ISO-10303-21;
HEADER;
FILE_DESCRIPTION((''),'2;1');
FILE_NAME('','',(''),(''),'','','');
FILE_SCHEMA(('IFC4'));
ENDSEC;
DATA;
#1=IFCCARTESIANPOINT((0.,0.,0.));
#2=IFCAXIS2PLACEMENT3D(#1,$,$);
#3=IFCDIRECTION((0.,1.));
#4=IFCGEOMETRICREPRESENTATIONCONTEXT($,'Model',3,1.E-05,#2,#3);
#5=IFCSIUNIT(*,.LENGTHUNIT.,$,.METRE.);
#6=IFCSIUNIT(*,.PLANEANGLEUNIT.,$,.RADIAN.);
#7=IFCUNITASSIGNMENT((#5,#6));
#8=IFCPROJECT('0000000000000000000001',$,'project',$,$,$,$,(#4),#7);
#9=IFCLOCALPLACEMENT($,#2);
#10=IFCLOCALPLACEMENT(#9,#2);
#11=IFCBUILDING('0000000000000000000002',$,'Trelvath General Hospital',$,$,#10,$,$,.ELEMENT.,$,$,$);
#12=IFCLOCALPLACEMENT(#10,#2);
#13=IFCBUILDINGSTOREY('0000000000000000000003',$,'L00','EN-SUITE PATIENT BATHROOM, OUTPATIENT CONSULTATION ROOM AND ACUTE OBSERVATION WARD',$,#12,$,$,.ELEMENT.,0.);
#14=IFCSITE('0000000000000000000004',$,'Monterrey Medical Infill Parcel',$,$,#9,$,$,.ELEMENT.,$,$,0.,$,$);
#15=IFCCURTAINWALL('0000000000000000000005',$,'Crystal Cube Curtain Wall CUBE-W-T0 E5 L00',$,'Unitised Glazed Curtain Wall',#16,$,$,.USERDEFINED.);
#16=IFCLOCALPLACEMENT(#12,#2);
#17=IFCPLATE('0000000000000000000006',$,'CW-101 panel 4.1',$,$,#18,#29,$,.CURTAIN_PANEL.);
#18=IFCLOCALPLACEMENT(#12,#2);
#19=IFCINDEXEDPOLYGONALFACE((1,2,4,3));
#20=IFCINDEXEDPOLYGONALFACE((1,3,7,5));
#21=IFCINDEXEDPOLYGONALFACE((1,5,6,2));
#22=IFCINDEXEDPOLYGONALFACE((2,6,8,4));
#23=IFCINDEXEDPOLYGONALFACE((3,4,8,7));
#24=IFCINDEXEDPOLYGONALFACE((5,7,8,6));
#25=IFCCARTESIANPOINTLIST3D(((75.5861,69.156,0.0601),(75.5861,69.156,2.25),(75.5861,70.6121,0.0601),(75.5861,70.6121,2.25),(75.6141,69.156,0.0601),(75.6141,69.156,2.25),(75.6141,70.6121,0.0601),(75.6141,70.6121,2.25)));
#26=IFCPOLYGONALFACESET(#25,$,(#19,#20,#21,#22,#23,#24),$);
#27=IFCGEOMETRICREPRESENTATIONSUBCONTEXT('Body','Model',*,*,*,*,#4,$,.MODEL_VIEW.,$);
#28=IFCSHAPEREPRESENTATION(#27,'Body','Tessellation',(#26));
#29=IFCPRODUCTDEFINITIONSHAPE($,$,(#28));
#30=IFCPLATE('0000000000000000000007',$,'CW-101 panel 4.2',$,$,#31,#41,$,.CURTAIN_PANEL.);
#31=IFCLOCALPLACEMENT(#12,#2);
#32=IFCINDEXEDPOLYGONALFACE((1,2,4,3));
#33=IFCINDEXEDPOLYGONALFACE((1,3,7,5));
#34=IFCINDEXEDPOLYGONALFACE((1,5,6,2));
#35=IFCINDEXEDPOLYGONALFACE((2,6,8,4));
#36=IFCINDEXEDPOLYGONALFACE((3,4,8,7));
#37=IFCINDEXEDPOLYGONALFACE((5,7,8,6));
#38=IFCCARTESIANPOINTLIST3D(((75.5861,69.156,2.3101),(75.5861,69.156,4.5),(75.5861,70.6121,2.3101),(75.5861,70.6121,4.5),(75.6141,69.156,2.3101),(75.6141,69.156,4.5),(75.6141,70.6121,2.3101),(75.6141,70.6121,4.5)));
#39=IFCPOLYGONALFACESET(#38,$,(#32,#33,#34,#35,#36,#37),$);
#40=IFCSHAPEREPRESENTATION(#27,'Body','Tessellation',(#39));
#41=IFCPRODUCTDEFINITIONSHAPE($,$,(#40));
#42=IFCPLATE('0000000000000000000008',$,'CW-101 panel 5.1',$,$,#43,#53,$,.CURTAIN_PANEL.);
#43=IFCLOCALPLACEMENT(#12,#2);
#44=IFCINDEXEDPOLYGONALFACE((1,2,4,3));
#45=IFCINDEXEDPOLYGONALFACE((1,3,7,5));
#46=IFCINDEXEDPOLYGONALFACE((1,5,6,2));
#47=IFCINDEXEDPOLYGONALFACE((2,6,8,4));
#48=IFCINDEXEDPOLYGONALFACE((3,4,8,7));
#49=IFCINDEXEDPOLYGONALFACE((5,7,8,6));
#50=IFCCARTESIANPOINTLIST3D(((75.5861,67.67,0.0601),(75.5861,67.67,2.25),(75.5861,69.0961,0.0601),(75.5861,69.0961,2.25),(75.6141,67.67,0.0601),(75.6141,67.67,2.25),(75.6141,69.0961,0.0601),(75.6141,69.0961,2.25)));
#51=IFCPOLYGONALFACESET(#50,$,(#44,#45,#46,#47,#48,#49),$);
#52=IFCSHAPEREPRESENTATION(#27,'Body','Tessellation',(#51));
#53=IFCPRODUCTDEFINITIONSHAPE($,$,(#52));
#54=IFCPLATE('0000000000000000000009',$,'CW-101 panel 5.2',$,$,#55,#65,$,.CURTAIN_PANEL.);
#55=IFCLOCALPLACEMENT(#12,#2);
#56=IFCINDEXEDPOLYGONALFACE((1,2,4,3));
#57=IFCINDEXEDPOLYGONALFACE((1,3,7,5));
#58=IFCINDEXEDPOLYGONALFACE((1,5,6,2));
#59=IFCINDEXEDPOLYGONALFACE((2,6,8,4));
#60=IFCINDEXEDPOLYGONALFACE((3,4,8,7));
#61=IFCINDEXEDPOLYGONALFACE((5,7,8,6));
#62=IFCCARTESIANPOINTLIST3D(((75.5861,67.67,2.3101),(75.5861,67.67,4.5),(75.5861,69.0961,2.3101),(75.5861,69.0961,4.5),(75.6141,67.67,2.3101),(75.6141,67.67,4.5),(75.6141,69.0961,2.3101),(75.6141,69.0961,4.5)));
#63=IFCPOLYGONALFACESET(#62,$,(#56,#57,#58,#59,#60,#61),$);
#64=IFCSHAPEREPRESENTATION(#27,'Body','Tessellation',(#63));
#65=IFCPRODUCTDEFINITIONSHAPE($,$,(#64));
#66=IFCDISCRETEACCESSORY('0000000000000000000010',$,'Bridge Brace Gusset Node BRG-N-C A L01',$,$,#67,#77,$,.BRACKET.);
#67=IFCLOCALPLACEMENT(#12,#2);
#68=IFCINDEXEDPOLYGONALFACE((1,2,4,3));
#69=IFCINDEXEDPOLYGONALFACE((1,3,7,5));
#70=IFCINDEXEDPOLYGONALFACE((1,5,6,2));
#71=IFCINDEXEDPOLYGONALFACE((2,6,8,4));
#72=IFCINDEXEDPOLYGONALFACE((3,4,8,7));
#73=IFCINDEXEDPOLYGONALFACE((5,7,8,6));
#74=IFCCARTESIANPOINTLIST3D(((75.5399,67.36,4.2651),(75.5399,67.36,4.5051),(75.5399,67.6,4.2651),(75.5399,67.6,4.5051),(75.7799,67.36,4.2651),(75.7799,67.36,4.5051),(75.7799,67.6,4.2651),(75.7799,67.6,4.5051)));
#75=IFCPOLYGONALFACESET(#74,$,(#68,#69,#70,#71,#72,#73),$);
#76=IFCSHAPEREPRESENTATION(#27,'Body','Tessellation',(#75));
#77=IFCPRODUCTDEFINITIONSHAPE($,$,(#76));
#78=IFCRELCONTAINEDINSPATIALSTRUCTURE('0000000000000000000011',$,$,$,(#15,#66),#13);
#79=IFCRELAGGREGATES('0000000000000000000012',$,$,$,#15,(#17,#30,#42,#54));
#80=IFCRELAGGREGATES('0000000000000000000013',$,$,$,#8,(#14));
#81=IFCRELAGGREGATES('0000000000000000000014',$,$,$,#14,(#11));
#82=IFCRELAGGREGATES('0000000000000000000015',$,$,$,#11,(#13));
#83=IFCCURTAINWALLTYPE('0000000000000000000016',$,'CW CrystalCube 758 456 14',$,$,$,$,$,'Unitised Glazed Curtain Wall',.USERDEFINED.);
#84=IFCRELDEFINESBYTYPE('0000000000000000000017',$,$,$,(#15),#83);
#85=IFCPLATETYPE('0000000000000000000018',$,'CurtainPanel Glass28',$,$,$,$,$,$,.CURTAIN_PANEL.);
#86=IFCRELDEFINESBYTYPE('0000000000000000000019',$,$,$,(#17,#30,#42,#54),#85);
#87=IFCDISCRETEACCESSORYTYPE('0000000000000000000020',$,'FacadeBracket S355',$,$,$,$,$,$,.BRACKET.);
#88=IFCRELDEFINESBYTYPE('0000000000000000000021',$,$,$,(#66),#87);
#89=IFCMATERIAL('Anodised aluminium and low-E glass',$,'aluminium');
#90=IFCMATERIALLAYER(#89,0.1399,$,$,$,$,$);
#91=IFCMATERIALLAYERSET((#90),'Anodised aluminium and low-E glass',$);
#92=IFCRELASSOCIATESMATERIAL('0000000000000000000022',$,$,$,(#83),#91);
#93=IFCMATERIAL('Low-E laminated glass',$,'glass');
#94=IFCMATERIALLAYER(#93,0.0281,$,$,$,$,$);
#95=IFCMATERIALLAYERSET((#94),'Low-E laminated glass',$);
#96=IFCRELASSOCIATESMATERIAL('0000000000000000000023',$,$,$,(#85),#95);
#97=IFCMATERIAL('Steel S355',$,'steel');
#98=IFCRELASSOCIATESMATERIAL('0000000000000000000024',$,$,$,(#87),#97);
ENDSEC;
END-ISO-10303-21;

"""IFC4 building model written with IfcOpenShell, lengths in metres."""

from ifc_helpers import new_model, si_unit, direction, frame, origin, origin_2d, place, context, subcontext, project, spatial, rectangle, extrude, material, layer, layer_set, type_object, element, aggregate, save


model = new_model("IFC4")

# Units and contexts
model_context = context("Model", 3, precision=1e-05, world=origin(), true_north=direction((0.0, 1.0)))
body_context = subcontext(model_context, "Body", "Model", "MODEL_VIEW")
ifc_project = project(units=[si_unit("LENGTHUNIT", "METRE"), si_unit("PLANEANGLEUNIT", "RADIAN")], contexts=[model_context])

# Site, building, storey
site_placement = place(None, origin())
site = spatial("IfcSite", under=ifc_project, at=site_placement, Name="Monterrey Medical Infill Parcel", CompositionType="ELEMENT", RefElevation=0.0)
building_placement = place(site_placement, origin())
building = spatial("IfcBuilding", under=site, at=building_placement, Name="Trelvath General Hospital", CompositionType="ELEMENT")
storey_placement = place(building_placement, origin())
storey = spatial("IfcBuildingStorey", under=building, at=storey_placement, Name="L00", Description="EN-SUITE PATIENT BATHROOM, OUTPATIENT CONSULTATION ROOM AND ACUTE OBSERVATION WARD", CompositionType="ELEMENT", Elevation=0.0)

# Curtain wall
ifc_material_1 = material(Name="Anodised aluminium and low-E glass", Category="aluminium")
ifc_layer_1 = layer(ifc_material_1, 0.1399)
ifc_layer_set_1 = layer_set([ifc_layer_1], Name="Anodised aluminium and low-E glass")
curtain_wall_type = type_object("IfcCurtainWallType", Name="CW CrystalCube 758 456 14", ElementType="Unitised Glazed Curtain Wall", PredefinedType="USERDEFINED", material=ifc_layer_set_1)
curtain_wall_placement = place(storey_placement, origin())
curtain_wall = element("IfcCurtainWall", 1, at=curtain_wall_placement, inside=storey, type_object=curtain_wall_type, Name="Crystal Cube Curtain Wall CUBE-W-T0 E5 L00", ObjectType="Unitised Glazed Curtain Wall", PredefinedType="USERDEFINED")

# Plates
ifc_material_2 = material(Name="Low-E laminated glass", Category="glass")
ifc_layer_2 = layer(ifc_material_2, 0.0281)
ifc_layer_set_2 = layer_set([ifc_layer_2], Name="Low-E laminated glass")
plate_type_1 = type_object("IfcPlateType", Name="CurtainPanel Glass28", PredefinedType="CURTAIN_PANEL", material=ifc_layer_set_2)
plate_1_placement = place(storey_placement, frame((75.6001, 69.884, 0.0601), z_axis=(0.0, 0.0, 1.0), x_axis=(0.0, -1.0, 0.0)))
plate_1 = element("IfcPlate", 2, at=plate_1_placement, type_object=plate_type_1, Name="CW-101 panel 4.1", PredefinedType="CURTAIN_PANEL", context=body_context, shape_type="SweptSolid", body=[
    extrude(rectangle(XDim=1.4561, YDim=0.0281, at=origin_2d()), origin(), (0.0, 0.0, 1.0), 2.1899),
])
plate_2_placement = place(storey_placement, frame((75.6001, 69.884, 2.3101), z_axis=(0.0, 0.0, 1.0), x_axis=(0.0, -1.0, 0.0)))
plate_2 = element("IfcPlate", 3, at=plate_2_placement, type_object=plate_type_1, Name="CW-101 panel 4.2", PredefinedType="CURTAIN_PANEL", context=body_context, shape_type="SweptSolid", body=[
    extrude(rectangle(XDim=1.4561, YDim=0.0281, at=origin_2d()), origin(), (0.0, 0.0, 1.0), 2.1899),
])
plate_3_placement = place(storey_placement, frame((75.6001, 68.3831, 0.0601), z_axis=(0.0, 0.0, 1.0), x_axis=(0.0, -1.0, 0.0)))
plate_3 = element("IfcPlate", 4, at=plate_3_placement, type_object=plate_type_1, Name="CW-101 panel 5.1", PredefinedType="CURTAIN_PANEL", context=body_context, shape_type="SweptSolid", body=[
    extrude(rectangle(XDim=1.426, YDim=0.0281, at=origin_2d()), origin(), (0.0, 0.0, 1.0), 2.1899),
])
plate_4_placement = place(storey_placement, frame((75.6001, 68.3831, 2.3101), z_axis=(0.0, 0.0, 1.0), x_axis=(0.0, -1.0, 0.0)))
plate_4 = element("IfcPlate", 5, at=plate_4_placement, type_object=plate_type_1, Name="CW-101 panel 5.2", PredefinedType="CURTAIN_PANEL", context=body_context, shape_type="SweptSolid", body=[
    extrude(rectangle(XDim=1.426, YDim=0.0281, at=origin_2d()), origin(), (0.0, 0.0, 1.0), 2.1899),
])
aggregate(curtain_wall, [plate_1, plate_2, plate_3, plate_4])

# Discrete accessory
ifc_material_3 = material(Name="Steel S355", Category="steel")
discrete_accessory_type = type_object("IfcDiscreteAccessoryType", Name="FacadeBracket S355", PredefinedType="BRACKET", material=ifc_material_3)
discrete_accessory_placement = place(storey_placement, frame((75.6599, 67.48, 4.2651), z_axis=(0.0, 0.0, 1.0), x_axis=(1.0, 0.0, 0.0)))
element("IfcDiscreteAccessory", 6, at=discrete_accessory_placement, inside=storey, type_object=discrete_accessory_type, Name="Bridge Brace Gusset Node BRG-N-C A L01", PredefinedType="BRACKET", context=body_context, shape_type="SweptSolid", body=[
    extrude(rectangle(XDim=0.24, YDim=0.24, at=origin_2d()), origin(), (0.0, 0.0, 1.0), 0.24),
])

save(model, "model.ifc")
